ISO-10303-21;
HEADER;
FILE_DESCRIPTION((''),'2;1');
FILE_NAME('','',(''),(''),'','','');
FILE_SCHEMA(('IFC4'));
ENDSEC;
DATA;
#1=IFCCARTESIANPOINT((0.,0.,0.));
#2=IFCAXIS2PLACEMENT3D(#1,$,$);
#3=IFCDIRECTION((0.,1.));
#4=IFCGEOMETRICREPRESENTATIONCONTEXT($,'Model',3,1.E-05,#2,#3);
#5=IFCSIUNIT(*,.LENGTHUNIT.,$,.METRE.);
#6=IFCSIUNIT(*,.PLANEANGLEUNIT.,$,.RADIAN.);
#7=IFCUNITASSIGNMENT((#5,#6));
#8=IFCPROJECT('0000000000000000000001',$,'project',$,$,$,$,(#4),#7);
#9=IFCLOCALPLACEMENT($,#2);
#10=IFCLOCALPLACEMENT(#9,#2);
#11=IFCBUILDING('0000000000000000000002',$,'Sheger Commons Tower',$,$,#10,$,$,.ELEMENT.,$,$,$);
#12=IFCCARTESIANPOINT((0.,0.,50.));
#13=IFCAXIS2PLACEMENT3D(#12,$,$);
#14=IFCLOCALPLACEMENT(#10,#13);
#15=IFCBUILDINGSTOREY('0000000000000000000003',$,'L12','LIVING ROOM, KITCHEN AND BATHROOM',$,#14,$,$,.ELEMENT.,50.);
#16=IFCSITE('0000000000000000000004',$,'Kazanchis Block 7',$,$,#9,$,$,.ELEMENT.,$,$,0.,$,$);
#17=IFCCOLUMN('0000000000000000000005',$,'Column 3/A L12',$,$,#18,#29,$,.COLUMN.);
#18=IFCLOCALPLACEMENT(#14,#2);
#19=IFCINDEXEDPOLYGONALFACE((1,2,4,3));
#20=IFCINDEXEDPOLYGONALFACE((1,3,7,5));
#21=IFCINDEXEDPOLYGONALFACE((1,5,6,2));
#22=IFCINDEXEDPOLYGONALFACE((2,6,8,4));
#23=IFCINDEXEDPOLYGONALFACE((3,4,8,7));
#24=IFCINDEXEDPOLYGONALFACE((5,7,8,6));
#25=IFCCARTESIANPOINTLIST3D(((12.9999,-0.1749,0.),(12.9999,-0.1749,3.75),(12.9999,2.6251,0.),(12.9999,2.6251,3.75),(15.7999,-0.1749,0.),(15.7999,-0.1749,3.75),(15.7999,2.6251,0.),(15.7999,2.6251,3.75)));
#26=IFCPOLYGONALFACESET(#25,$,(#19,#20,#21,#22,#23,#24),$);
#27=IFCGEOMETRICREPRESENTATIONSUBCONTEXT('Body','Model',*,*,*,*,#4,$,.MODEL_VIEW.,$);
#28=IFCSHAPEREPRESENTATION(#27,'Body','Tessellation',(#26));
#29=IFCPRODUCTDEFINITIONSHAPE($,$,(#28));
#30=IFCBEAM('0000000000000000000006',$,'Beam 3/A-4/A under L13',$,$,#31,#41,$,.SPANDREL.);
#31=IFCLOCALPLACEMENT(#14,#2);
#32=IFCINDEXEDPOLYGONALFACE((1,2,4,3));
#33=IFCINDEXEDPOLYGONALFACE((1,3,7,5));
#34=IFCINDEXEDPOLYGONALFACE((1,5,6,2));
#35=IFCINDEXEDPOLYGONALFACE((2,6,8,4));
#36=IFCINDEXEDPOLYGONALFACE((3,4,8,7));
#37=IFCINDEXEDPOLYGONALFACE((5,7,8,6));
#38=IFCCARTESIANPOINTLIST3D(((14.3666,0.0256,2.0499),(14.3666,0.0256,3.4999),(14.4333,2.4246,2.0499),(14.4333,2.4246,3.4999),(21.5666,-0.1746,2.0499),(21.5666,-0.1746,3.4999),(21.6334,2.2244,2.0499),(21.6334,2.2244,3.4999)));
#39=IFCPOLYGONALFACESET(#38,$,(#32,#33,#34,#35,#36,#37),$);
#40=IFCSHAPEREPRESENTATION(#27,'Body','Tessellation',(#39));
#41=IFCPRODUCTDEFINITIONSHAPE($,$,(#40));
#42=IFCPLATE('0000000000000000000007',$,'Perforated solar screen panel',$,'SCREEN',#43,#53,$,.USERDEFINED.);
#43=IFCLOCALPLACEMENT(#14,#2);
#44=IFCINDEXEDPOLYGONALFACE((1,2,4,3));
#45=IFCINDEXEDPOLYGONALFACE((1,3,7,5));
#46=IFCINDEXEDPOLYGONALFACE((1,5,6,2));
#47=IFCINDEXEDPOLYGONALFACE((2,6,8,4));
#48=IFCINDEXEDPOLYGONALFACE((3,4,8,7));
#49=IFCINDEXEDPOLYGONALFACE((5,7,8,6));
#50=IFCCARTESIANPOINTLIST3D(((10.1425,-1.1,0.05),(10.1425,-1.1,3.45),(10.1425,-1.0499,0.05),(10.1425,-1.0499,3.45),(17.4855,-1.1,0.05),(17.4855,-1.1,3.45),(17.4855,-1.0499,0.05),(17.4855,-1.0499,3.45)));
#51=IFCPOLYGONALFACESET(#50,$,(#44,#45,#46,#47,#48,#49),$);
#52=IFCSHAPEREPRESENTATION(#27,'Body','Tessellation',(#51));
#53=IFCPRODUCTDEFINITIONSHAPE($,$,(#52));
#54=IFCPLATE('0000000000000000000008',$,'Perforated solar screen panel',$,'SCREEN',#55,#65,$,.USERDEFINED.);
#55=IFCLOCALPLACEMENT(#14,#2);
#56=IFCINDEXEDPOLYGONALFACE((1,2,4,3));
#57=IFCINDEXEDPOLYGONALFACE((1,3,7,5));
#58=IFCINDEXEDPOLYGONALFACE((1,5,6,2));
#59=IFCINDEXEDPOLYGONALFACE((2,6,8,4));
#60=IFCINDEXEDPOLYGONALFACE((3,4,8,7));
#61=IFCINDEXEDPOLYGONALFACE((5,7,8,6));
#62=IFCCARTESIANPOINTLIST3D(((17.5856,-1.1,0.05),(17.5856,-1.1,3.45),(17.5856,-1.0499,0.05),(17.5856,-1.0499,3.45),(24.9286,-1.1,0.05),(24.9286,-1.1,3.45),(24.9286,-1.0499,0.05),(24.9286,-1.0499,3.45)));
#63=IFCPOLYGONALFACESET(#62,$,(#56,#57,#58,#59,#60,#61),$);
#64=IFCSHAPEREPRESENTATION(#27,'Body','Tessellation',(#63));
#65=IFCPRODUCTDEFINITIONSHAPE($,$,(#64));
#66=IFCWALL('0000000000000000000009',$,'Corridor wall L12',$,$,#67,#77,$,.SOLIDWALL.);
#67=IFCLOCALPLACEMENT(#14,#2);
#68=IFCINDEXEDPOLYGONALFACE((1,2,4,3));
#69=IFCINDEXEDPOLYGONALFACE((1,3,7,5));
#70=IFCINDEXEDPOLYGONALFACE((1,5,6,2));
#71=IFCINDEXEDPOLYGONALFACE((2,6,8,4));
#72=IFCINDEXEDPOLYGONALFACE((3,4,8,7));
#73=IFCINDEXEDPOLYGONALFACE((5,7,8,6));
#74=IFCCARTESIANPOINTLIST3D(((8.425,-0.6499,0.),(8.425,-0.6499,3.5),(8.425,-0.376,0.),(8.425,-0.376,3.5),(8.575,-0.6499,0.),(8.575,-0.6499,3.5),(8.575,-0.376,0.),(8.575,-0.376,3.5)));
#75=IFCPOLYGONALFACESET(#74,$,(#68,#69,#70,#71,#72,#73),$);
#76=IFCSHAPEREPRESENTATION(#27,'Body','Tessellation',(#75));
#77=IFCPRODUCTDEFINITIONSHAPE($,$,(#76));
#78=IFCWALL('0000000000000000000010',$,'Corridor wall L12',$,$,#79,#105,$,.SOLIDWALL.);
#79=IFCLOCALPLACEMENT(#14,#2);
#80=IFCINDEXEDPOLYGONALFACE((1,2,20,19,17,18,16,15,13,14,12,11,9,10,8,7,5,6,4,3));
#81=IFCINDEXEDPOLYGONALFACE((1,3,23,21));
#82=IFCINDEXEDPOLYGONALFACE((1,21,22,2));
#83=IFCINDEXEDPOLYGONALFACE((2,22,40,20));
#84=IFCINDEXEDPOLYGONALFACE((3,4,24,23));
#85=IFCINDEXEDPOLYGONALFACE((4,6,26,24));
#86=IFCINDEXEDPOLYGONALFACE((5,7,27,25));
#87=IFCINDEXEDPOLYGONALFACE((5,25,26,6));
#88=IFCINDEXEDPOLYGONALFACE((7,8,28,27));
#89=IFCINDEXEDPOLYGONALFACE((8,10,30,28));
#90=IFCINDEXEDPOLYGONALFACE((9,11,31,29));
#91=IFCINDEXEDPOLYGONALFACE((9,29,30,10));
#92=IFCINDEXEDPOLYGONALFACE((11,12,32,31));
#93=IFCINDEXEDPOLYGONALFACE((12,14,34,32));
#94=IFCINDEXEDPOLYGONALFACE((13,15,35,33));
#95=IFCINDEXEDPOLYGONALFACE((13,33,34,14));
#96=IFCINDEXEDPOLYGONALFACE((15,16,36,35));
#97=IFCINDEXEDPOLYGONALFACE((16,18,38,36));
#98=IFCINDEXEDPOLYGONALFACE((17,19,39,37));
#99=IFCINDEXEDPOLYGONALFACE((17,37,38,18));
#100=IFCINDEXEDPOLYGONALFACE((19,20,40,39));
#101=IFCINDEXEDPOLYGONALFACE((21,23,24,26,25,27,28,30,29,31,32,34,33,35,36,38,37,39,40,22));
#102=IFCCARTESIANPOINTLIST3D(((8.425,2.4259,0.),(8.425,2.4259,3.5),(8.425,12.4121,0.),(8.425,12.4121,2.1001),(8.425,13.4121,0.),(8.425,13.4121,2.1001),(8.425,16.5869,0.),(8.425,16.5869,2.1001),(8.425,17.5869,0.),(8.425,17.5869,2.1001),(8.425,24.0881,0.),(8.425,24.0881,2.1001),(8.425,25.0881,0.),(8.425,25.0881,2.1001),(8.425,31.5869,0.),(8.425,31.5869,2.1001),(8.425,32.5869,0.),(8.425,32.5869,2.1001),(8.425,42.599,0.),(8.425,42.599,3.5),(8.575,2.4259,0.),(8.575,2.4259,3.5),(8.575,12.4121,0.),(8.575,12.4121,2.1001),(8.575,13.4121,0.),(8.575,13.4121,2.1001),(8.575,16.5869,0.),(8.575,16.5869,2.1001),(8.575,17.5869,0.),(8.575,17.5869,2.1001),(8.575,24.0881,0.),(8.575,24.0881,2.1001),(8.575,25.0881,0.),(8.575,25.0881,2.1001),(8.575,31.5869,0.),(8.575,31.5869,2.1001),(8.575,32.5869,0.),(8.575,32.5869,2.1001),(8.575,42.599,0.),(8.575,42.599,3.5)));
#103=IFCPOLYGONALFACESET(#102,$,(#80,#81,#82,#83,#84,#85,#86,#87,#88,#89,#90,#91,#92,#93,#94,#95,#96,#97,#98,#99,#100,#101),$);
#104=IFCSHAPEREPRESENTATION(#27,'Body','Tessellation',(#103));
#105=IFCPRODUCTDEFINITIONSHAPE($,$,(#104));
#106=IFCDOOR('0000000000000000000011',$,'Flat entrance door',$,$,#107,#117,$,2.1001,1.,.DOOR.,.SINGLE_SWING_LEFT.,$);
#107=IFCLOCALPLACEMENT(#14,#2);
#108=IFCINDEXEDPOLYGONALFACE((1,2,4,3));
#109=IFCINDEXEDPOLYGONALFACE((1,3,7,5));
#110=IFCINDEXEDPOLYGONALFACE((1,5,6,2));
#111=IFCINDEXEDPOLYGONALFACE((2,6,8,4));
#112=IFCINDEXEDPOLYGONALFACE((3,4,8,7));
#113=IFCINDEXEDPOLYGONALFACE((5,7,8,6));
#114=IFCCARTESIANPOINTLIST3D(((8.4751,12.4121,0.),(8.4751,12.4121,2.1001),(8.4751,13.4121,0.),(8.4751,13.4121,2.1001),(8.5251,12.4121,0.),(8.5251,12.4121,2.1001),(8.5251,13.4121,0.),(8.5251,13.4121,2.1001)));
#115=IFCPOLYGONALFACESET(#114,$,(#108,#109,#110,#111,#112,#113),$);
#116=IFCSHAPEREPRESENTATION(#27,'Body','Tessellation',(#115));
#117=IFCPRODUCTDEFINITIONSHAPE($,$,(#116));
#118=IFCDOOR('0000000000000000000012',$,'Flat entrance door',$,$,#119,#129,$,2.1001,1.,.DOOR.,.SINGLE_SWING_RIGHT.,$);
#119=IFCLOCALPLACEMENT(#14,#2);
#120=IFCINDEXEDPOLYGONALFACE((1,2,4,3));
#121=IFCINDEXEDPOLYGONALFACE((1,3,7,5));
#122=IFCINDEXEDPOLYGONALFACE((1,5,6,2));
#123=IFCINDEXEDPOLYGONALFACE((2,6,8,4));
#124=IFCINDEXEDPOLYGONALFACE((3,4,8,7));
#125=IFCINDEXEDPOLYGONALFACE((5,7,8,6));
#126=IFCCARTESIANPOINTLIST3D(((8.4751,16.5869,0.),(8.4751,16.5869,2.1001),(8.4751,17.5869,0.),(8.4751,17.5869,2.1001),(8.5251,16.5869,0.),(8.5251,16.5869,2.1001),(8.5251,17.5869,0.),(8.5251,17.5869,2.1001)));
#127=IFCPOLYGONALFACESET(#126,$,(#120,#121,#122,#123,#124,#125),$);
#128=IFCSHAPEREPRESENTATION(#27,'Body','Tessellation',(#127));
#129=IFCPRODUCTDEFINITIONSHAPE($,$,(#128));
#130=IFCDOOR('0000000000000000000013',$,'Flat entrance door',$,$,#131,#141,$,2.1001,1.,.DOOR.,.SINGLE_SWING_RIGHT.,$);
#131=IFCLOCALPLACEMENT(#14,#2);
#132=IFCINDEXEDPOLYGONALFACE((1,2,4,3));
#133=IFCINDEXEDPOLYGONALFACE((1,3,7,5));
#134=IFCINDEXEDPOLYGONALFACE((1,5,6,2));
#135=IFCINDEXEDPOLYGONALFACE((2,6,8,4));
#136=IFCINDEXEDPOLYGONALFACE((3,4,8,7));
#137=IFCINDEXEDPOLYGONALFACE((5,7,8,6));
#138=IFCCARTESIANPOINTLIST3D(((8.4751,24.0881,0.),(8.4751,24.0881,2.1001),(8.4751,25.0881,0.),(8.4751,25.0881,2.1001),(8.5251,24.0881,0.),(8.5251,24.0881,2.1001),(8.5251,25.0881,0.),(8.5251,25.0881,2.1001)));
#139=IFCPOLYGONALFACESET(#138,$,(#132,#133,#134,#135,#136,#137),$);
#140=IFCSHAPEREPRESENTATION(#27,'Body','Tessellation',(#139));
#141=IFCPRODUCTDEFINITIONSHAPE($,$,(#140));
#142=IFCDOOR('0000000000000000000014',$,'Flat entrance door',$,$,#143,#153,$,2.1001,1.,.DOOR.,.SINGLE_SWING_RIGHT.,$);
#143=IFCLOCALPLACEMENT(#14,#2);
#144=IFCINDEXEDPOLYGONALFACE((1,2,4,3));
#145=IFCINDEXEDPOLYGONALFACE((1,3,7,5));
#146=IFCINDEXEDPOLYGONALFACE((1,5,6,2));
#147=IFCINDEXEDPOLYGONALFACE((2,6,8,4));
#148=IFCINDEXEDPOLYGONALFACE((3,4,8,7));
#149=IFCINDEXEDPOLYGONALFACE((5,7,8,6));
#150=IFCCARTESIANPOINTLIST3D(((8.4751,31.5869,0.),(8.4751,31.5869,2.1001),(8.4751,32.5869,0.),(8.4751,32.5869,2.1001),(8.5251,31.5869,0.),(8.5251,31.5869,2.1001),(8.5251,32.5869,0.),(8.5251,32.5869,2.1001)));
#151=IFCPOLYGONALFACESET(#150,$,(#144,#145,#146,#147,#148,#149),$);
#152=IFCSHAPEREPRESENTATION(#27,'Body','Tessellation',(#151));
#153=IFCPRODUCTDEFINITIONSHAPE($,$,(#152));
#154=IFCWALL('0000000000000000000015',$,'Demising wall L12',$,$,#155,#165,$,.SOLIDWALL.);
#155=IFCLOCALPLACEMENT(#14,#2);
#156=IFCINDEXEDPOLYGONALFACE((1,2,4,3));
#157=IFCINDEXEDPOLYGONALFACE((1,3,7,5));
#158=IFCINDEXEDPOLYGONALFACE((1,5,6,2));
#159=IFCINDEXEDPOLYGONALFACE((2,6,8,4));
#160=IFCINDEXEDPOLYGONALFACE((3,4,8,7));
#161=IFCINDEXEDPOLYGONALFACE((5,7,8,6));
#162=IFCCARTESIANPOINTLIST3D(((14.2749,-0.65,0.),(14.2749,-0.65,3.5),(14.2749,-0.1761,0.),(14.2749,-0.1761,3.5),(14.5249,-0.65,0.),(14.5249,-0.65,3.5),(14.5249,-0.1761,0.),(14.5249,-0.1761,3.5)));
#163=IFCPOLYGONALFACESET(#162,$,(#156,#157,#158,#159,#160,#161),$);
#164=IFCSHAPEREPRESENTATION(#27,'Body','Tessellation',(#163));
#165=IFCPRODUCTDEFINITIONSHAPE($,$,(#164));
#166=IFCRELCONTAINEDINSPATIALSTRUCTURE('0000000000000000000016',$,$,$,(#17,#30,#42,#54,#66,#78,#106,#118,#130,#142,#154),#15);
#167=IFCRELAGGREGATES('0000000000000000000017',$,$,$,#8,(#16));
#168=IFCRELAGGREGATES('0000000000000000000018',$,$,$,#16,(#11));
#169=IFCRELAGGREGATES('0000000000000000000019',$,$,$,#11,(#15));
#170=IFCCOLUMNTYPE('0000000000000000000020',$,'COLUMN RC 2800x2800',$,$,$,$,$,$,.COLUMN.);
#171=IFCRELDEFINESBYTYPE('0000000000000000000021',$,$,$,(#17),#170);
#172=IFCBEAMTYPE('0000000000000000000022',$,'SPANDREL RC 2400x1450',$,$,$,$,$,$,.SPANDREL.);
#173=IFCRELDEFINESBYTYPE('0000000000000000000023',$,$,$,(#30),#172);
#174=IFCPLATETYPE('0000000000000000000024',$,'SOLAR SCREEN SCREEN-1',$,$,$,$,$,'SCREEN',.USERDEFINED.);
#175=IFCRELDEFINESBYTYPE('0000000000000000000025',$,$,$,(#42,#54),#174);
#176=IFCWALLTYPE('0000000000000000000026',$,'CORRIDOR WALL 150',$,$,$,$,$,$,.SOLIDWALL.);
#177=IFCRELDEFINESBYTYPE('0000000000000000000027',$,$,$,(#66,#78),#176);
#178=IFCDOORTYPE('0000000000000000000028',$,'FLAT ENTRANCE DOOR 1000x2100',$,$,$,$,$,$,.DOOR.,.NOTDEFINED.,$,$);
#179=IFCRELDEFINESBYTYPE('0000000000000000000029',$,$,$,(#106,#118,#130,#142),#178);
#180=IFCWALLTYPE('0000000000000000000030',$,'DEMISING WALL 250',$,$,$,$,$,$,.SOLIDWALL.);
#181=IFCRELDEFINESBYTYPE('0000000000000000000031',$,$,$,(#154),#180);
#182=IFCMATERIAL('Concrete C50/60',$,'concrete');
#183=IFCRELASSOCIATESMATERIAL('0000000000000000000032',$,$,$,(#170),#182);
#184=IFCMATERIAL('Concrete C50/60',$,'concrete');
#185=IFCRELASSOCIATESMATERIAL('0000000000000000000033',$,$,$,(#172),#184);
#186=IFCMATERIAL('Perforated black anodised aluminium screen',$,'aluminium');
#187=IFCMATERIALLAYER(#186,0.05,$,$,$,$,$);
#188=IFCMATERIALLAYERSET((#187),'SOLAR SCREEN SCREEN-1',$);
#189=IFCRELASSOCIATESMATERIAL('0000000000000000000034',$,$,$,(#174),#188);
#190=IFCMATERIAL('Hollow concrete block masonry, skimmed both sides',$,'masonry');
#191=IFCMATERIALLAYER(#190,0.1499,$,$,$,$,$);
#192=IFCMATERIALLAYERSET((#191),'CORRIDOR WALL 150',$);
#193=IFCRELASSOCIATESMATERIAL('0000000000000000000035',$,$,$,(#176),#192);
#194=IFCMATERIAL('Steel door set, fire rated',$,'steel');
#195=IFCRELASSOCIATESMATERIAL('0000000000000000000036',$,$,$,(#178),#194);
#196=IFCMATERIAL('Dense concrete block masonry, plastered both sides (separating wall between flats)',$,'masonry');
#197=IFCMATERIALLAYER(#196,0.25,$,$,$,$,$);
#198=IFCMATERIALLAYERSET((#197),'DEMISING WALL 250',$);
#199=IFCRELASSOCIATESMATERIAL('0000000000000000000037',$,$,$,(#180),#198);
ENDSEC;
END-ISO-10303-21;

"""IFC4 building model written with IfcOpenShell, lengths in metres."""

from ifc_helpers import new_model, si_unit, direction, frame, frame_2d, origin, origin_2d, place, context, subcontext, project, spatial, rectangle, extrude, material, layer, layer_set, material_profile, profile_set, type_object, element, fill, save


model = new_model("IFC4")

# Units and contexts
model_context = context("Model", 3, precision=1e-05, world=origin(), true_north=direction((0.0, 1.0)))
body_context = subcontext(model_context, "Body", "Model", "MODEL_VIEW")
ifc_project = project(units=[si_unit("LENGTHUNIT", "METRE"), si_unit("PLANEANGLEUNIT", "RADIAN")], contexts=[model_context])

# Site, building, storey
site_placement = place(None, origin())
site = spatial("IfcSite", under=ifc_project, at=site_placement, Name="Kazanchis Block 7", CompositionType="ELEMENT", RefElevation=0.0)
building_placement = place(site_placement, origin())
building = spatial("IfcBuilding", under=site, at=building_placement, Name="Sheger Commons Tower", CompositionType="ELEMENT")
storey_placement = place(building_placement, frame((0.0, 0.0, 50.0)))
storey = spatial("IfcBuildingStorey", under=building, at=storey_placement, Name="L12", Description="LIVING ROOM, KITCHEN AND BATHROOM", CompositionType="ELEMENT", Elevation=50.0)

# Column
ifc_material_1 = material(Name="Concrete C50/60", Category="concrete")
ifc_material_profile_1 = material_profile(ifc_material_1, rectangle(XDim=2.8, YDim=2.8, at=origin_2d()), Name="RC 2800x2800")
ifc_profile_set_1 = profile_set([ifc_material_profile_1], Name="Concrete C50/60")
column_type = type_object("IfcColumnType", Name="COLUMN RC 2800x2800", PredefinedType="COLUMN", material=ifc_profile_set_1)
column_placement = place(storey_placement, frame((14.3999, 1.2251, 0.0), z_axis=(0.0, 0.0, 1.0), x_axis=(1.0, 0.0, 0.0)))
element("IfcColumn", 1, at=column_placement, inside=storey, type_object=column_type, Name="Column 3/A L12", PredefinedType="COLUMN", context=body_context, shape_type="SweptSolid", body=[
    extrude(rectangle(XDim=2.8, YDim=2.8, at=origin_2d()), origin(), (0.0, 0.0, 1.0), 3.75),
])

# Beam
ifc_material_2 = material(Name="Concrete C50/60", Category="concrete")
ifc_material_profile_2 = material_profile(ifc_material_2, rectangle(XDim=2.3999, YDim=1.45, at=origin_2d()), Name="RC 2400x1450")
ifc_profile_set_2 = profile_set([ifc_material_profile_2], Name="Concrete C50/60")
beam_type = type_object("IfcBeamType", Name="SPANDREL RC 2400x1450", PredefinedType="SPANDREL", material=ifc_profile_set_2)
beam_placement = place(storey_placement, frame((14.3999, 1.2251, 2.7749), z_axis=(0.999614, -0.027793, 0.0), x_axis=(0.027793, 0.999614, 0.0)))
element("IfcBeam", 2, at=beam_placement, inside=storey, type_object=beam_type, Name="Beam 3/A-4/A under L13", PredefinedType="SPANDREL", context=body_context, shape_type="SweptSolid", body=[
    extrude(rectangle(XDim=2.3999, YDim=1.45, at=origin_2d()), origin(), (0.0, 0.0, 1.0), 7.2029),
])

# Plates
ifc_material_3 = material(Name="Perforated black anodised aluminium screen", Category="aluminium")
ifc_layer_1 = layer(ifc_material_3, 0.05)
ifc_layer_set_1 = layer_set([ifc_layer_1], Name="SOLAR SCREEN SCREEN-1")
plate_type = type_object("IfcPlateType", Name="SOLAR SCREEN SCREEN-1", ElementType="SCREEN", PredefinedType="USERDEFINED", material=ifc_layer_set_1)
for number, where, z_axis, x_axis, name in (
    (3, (13.814, -1.075, 0.05), (0.0, 0.0, 1.0), (1.0, 0.0, 0.0), "Perforated solar screen panel"),
    (4, (21.2571, -1.075, 0.05), (0.0, 0.0, 1.0), (1.0, 0.0, 0.0), "Perforated solar screen panel"),
):
    element("IfcPlate", number, at=place(storey_placement, frame(where, z_axis=z_axis, x_axis=x_axis)), inside=storey, type_object=plate_type, Name=name, ObjectType="SCREEN", PredefinedType="USERDEFINED", context=body_context, shape_type="SweptSolid", body=[
        extrude(rectangle(XDim=7.343, YDim=0.05, at=origin_2d()), origin(), (0.0, 0.0, 1.0), 3.3999),
    ])

# Wall
ifc_material_4 = material(Name="Hollow concrete block masonry, skimmed both sides", Category="masonry")
ifc_layer_2 = layer(ifc_material_4, 0.1499)
ifc_layer_set_2 = layer_set([ifc_layer_2], Name="CORRIDOR WALL 150")
wall_type_1 = type_object("IfcWallType", Name="CORRIDOR WALL 150", PredefinedType="SOLIDWALL", material=ifc_layer_set_2)
wall_1_placement = place(storey_placement, frame((8.5, -0.6499, 0.0), z_axis=(0.0, 0.0, 1.0), x_axis=(0.0, 1.0, 0.0)))
element("IfcWall", 5, at=wall_1_placement, inside=storey, type_object=wall_type_1, Name="Corridor wall L12", PredefinedType="SOLIDWALL", context=body_context, shape_type="SweptSolid", body=[
    extrude(rectangle(XDim=0.2739, YDim=0.1499, at=frame_2d((0.137, 0.0))), origin(), (0.0, 0.0, 1.0), 3.5),
])

# Wall, openings, doors
wall_2_placement = place(storey_placement, frame((8.5, 2.426, 0.0), z_axis=(0.0, 0.0, 1.0), x_axis=(0.0, 1.0, 0.0)))
wall_2 = element("IfcWall", 6, at=wall_2_placement, inside=storey, type_object=wall_type_1, Name="Corridor wall L12", PredefinedType="SOLIDWALL", context=body_context, shape_type="SweptSolid", body=[
    extrude(rectangle(XDim=40.1731, YDim=0.1499, at=frame_2d((20.0864, 0.0))), origin(), (0.0, 0.0, 1.0), 3.5),
])
opening_1_placement = place(wall_2_placement, frame((9.9861, 0.0, 0.0)))
opening_1 = element("IfcOpeningElement", 7, at=opening_1_placement, cuts=wall_2, PredefinedType="OPENING", context=body_context, shape_type="SweptSolid", body=[
    extrude(rectangle(XDim=1.0, YDim=2.1001, at=frame_2d((0.5, 1.05))), frame((0.0, 0.085, 0.0), z_axis=(0.0, -1.0, 0.0), x_axis=(1.0, 0.0, 0.0)), (0.0, 0.0, 1.0), 0.1699),
])
opening_2_placement = place(wall_2_placement, frame((14.1609, 0.0, 0.0)))
opening_2 = element("IfcOpeningElement", 8, at=opening_2_placement, cuts=wall_2, PredefinedType="OPENING", context=body_context, shape_type="SweptSolid", body=[
    extrude(rectangle(XDim=1.0, YDim=2.1001, at=frame_2d((0.5, 1.05))), frame((0.0, 0.085, 0.0), z_axis=(0.0, -1.0, 0.0), x_axis=(1.0, 0.0, 0.0)), (0.0, 0.0, 1.0), 0.1699),
])
opening_3_placement = place(wall_2_placement, frame((21.6621, 0.0, 0.0)))
opening_3 = element("IfcOpeningElement", 9, at=opening_3_placement, cuts=wall_2, PredefinedType="OPENING", context=body_context, shape_type="SweptSolid", body=[
    extrude(rectangle(XDim=1.0, YDim=2.1001, at=frame_2d((0.5, 1.05))), frame((0.0, 0.085, 0.0), z_axis=(0.0, -1.0, 0.0), x_axis=(1.0, 0.0, 0.0)), (0.0, 0.0, 1.0), 0.1699),
])
opening_4_placement = place(wall_2_placement, frame((29.1609, 0.0, 0.0)))
opening_4 = element("IfcOpeningElement", 10, at=opening_4_placement, cuts=wall_2, PredefinedType="OPENING", context=body_context, shape_type="SweptSolid", body=[
    extrude(rectangle(XDim=1.0, YDim=2.1001, at=frame_2d((0.5, 1.05))), frame((0.0, 0.085, 0.0), z_axis=(0.0, -1.0, 0.0), x_axis=(1.0, 0.0, 0.0)), (0.0, 0.0, 1.0), 0.1699),
])
ifc_material_5 = material(Name="Steel door set, fire rated", Category="steel")
door_type = type_object("IfcDoorType", Name="FLAT ENTRANCE DOOR 1000x2100", OperationType="NOTDEFINED", PredefinedType="DOOR", material=ifc_material_5)
door_1_placement = place(opening_1_placement, origin())
door_1 = element("IfcDoor", 11, at=door_1_placement, inside=storey, type_object=door_type, Name="Flat entrance door", OperationType="SINGLE_SWING_LEFT", OverallHeight=2.1001, OverallWidth=1.0, PredefinedType="DOOR", context=body_context, shape_type="SweptSolid", body=[
    extrude(rectangle(XDim=1.0, YDim=2.1001, at=frame_2d((0.5, 1.05))), frame((0.0, 0.0249, 0.0), z_axis=(0.0, -1.0, 0.0), x_axis=(1.0, 0.0, 0.0)), (0.0, 0.0, 1.0), 0.05),
])
fill(opening_1, door_1)
door_2_placement = place(opening_2_placement, origin())
door_2 = element("IfcDoor", 12, at=door_2_placement, inside=storey, type_object=door_type, Name="Flat entrance door", OperationType="SINGLE_SWING_RIGHT", OverallHeight=2.1001, OverallWidth=1.0, PredefinedType="DOOR", context=body_context, shape_type="SweptSolid", body=[
    extrude(rectangle(XDim=1.0, YDim=2.1001, at=frame_2d((0.5, 1.05))), frame((0.0, 0.0249, 0.0), z_axis=(0.0, -1.0, 0.0), x_axis=(1.0, 0.0, 0.0)), (0.0, 0.0, 1.0), 0.05),
])
fill(opening_2, door_2)
door_3_placement = place(opening_3_placement, origin())
door_3 = element("IfcDoor", 13, at=door_3_placement, inside=storey, type_object=door_type, Name="Flat entrance door", OperationType="SINGLE_SWING_RIGHT", OverallHeight=2.1001, OverallWidth=1.0, PredefinedType="DOOR", context=body_context, shape_type="SweptSolid", body=[
    extrude(rectangle(XDim=1.0, YDim=2.1001, at=frame_2d((0.5, 1.05))), frame((0.0, 0.0249, 0.0), z_axis=(0.0, -1.0, 0.0), x_axis=(1.0, 0.0, 0.0)), (0.0, 0.0, 1.0), 0.05),
])
fill(opening_3, door_3)
door_4_placement = place(opening_4_placement, origin())
door_4 = element("IfcDoor", 14, at=door_4_placement, inside=storey, type_object=door_type, Name="Flat entrance door", OperationType="SINGLE_SWING_RIGHT", OverallHeight=2.1001, OverallWidth=1.0, PredefinedType="DOOR", context=body_context, shape_type="SweptSolid", body=[
    extrude(rectangle(XDim=1.0, YDim=2.1001, at=frame_2d((0.5, 1.05))), frame((0.0, 0.0249, 0.0), z_axis=(0.0, -1.0, 0.0), x_axis=(1.0, 0.0, 0.0)), (0.0, 0.0, 1.0), 0.05),
])
fill(opening_4, door_4)

# Wall
ifc_material_6 = material(Name="Dense concrete block masonry, plastered both sides (separating wall between flats)", Category="masonry")
ifc_layer_3 = layer(ifc_material_6, 0.25)
ifc_layer_set_3 = layer_set([ifc_layer_3], Name="DEMISING WALL 250")
wall_type_2 = type_object("IfcWallType", Name="DEMISING WALL 250", PredefinedType="SOLIDWALL", material=ifc_layer_set_3)
wall_3_placement = place(storey_placement, frame((14.3999, -0.6499, 0.0), z_axis=(0.0, 0.0, 1.0), x_axis=(0.0, 1.0, 0.0)))
element("IfcWall", 15, at=wall_3_placement, inside=storey, type_object=wall_type_2, Name="Demising wall L12", PredefinedType="SOLIDWALL", context=body_context, shape_type="SweptSolid", body=[
    extrude(rectangle(XDim=0.4739, YDim=0.25, at=frame_2d((0.2368, 0.0))), origin(), (0.0, 0.0, 1.0), 3.5),
])

save(model, "model.ifc")
